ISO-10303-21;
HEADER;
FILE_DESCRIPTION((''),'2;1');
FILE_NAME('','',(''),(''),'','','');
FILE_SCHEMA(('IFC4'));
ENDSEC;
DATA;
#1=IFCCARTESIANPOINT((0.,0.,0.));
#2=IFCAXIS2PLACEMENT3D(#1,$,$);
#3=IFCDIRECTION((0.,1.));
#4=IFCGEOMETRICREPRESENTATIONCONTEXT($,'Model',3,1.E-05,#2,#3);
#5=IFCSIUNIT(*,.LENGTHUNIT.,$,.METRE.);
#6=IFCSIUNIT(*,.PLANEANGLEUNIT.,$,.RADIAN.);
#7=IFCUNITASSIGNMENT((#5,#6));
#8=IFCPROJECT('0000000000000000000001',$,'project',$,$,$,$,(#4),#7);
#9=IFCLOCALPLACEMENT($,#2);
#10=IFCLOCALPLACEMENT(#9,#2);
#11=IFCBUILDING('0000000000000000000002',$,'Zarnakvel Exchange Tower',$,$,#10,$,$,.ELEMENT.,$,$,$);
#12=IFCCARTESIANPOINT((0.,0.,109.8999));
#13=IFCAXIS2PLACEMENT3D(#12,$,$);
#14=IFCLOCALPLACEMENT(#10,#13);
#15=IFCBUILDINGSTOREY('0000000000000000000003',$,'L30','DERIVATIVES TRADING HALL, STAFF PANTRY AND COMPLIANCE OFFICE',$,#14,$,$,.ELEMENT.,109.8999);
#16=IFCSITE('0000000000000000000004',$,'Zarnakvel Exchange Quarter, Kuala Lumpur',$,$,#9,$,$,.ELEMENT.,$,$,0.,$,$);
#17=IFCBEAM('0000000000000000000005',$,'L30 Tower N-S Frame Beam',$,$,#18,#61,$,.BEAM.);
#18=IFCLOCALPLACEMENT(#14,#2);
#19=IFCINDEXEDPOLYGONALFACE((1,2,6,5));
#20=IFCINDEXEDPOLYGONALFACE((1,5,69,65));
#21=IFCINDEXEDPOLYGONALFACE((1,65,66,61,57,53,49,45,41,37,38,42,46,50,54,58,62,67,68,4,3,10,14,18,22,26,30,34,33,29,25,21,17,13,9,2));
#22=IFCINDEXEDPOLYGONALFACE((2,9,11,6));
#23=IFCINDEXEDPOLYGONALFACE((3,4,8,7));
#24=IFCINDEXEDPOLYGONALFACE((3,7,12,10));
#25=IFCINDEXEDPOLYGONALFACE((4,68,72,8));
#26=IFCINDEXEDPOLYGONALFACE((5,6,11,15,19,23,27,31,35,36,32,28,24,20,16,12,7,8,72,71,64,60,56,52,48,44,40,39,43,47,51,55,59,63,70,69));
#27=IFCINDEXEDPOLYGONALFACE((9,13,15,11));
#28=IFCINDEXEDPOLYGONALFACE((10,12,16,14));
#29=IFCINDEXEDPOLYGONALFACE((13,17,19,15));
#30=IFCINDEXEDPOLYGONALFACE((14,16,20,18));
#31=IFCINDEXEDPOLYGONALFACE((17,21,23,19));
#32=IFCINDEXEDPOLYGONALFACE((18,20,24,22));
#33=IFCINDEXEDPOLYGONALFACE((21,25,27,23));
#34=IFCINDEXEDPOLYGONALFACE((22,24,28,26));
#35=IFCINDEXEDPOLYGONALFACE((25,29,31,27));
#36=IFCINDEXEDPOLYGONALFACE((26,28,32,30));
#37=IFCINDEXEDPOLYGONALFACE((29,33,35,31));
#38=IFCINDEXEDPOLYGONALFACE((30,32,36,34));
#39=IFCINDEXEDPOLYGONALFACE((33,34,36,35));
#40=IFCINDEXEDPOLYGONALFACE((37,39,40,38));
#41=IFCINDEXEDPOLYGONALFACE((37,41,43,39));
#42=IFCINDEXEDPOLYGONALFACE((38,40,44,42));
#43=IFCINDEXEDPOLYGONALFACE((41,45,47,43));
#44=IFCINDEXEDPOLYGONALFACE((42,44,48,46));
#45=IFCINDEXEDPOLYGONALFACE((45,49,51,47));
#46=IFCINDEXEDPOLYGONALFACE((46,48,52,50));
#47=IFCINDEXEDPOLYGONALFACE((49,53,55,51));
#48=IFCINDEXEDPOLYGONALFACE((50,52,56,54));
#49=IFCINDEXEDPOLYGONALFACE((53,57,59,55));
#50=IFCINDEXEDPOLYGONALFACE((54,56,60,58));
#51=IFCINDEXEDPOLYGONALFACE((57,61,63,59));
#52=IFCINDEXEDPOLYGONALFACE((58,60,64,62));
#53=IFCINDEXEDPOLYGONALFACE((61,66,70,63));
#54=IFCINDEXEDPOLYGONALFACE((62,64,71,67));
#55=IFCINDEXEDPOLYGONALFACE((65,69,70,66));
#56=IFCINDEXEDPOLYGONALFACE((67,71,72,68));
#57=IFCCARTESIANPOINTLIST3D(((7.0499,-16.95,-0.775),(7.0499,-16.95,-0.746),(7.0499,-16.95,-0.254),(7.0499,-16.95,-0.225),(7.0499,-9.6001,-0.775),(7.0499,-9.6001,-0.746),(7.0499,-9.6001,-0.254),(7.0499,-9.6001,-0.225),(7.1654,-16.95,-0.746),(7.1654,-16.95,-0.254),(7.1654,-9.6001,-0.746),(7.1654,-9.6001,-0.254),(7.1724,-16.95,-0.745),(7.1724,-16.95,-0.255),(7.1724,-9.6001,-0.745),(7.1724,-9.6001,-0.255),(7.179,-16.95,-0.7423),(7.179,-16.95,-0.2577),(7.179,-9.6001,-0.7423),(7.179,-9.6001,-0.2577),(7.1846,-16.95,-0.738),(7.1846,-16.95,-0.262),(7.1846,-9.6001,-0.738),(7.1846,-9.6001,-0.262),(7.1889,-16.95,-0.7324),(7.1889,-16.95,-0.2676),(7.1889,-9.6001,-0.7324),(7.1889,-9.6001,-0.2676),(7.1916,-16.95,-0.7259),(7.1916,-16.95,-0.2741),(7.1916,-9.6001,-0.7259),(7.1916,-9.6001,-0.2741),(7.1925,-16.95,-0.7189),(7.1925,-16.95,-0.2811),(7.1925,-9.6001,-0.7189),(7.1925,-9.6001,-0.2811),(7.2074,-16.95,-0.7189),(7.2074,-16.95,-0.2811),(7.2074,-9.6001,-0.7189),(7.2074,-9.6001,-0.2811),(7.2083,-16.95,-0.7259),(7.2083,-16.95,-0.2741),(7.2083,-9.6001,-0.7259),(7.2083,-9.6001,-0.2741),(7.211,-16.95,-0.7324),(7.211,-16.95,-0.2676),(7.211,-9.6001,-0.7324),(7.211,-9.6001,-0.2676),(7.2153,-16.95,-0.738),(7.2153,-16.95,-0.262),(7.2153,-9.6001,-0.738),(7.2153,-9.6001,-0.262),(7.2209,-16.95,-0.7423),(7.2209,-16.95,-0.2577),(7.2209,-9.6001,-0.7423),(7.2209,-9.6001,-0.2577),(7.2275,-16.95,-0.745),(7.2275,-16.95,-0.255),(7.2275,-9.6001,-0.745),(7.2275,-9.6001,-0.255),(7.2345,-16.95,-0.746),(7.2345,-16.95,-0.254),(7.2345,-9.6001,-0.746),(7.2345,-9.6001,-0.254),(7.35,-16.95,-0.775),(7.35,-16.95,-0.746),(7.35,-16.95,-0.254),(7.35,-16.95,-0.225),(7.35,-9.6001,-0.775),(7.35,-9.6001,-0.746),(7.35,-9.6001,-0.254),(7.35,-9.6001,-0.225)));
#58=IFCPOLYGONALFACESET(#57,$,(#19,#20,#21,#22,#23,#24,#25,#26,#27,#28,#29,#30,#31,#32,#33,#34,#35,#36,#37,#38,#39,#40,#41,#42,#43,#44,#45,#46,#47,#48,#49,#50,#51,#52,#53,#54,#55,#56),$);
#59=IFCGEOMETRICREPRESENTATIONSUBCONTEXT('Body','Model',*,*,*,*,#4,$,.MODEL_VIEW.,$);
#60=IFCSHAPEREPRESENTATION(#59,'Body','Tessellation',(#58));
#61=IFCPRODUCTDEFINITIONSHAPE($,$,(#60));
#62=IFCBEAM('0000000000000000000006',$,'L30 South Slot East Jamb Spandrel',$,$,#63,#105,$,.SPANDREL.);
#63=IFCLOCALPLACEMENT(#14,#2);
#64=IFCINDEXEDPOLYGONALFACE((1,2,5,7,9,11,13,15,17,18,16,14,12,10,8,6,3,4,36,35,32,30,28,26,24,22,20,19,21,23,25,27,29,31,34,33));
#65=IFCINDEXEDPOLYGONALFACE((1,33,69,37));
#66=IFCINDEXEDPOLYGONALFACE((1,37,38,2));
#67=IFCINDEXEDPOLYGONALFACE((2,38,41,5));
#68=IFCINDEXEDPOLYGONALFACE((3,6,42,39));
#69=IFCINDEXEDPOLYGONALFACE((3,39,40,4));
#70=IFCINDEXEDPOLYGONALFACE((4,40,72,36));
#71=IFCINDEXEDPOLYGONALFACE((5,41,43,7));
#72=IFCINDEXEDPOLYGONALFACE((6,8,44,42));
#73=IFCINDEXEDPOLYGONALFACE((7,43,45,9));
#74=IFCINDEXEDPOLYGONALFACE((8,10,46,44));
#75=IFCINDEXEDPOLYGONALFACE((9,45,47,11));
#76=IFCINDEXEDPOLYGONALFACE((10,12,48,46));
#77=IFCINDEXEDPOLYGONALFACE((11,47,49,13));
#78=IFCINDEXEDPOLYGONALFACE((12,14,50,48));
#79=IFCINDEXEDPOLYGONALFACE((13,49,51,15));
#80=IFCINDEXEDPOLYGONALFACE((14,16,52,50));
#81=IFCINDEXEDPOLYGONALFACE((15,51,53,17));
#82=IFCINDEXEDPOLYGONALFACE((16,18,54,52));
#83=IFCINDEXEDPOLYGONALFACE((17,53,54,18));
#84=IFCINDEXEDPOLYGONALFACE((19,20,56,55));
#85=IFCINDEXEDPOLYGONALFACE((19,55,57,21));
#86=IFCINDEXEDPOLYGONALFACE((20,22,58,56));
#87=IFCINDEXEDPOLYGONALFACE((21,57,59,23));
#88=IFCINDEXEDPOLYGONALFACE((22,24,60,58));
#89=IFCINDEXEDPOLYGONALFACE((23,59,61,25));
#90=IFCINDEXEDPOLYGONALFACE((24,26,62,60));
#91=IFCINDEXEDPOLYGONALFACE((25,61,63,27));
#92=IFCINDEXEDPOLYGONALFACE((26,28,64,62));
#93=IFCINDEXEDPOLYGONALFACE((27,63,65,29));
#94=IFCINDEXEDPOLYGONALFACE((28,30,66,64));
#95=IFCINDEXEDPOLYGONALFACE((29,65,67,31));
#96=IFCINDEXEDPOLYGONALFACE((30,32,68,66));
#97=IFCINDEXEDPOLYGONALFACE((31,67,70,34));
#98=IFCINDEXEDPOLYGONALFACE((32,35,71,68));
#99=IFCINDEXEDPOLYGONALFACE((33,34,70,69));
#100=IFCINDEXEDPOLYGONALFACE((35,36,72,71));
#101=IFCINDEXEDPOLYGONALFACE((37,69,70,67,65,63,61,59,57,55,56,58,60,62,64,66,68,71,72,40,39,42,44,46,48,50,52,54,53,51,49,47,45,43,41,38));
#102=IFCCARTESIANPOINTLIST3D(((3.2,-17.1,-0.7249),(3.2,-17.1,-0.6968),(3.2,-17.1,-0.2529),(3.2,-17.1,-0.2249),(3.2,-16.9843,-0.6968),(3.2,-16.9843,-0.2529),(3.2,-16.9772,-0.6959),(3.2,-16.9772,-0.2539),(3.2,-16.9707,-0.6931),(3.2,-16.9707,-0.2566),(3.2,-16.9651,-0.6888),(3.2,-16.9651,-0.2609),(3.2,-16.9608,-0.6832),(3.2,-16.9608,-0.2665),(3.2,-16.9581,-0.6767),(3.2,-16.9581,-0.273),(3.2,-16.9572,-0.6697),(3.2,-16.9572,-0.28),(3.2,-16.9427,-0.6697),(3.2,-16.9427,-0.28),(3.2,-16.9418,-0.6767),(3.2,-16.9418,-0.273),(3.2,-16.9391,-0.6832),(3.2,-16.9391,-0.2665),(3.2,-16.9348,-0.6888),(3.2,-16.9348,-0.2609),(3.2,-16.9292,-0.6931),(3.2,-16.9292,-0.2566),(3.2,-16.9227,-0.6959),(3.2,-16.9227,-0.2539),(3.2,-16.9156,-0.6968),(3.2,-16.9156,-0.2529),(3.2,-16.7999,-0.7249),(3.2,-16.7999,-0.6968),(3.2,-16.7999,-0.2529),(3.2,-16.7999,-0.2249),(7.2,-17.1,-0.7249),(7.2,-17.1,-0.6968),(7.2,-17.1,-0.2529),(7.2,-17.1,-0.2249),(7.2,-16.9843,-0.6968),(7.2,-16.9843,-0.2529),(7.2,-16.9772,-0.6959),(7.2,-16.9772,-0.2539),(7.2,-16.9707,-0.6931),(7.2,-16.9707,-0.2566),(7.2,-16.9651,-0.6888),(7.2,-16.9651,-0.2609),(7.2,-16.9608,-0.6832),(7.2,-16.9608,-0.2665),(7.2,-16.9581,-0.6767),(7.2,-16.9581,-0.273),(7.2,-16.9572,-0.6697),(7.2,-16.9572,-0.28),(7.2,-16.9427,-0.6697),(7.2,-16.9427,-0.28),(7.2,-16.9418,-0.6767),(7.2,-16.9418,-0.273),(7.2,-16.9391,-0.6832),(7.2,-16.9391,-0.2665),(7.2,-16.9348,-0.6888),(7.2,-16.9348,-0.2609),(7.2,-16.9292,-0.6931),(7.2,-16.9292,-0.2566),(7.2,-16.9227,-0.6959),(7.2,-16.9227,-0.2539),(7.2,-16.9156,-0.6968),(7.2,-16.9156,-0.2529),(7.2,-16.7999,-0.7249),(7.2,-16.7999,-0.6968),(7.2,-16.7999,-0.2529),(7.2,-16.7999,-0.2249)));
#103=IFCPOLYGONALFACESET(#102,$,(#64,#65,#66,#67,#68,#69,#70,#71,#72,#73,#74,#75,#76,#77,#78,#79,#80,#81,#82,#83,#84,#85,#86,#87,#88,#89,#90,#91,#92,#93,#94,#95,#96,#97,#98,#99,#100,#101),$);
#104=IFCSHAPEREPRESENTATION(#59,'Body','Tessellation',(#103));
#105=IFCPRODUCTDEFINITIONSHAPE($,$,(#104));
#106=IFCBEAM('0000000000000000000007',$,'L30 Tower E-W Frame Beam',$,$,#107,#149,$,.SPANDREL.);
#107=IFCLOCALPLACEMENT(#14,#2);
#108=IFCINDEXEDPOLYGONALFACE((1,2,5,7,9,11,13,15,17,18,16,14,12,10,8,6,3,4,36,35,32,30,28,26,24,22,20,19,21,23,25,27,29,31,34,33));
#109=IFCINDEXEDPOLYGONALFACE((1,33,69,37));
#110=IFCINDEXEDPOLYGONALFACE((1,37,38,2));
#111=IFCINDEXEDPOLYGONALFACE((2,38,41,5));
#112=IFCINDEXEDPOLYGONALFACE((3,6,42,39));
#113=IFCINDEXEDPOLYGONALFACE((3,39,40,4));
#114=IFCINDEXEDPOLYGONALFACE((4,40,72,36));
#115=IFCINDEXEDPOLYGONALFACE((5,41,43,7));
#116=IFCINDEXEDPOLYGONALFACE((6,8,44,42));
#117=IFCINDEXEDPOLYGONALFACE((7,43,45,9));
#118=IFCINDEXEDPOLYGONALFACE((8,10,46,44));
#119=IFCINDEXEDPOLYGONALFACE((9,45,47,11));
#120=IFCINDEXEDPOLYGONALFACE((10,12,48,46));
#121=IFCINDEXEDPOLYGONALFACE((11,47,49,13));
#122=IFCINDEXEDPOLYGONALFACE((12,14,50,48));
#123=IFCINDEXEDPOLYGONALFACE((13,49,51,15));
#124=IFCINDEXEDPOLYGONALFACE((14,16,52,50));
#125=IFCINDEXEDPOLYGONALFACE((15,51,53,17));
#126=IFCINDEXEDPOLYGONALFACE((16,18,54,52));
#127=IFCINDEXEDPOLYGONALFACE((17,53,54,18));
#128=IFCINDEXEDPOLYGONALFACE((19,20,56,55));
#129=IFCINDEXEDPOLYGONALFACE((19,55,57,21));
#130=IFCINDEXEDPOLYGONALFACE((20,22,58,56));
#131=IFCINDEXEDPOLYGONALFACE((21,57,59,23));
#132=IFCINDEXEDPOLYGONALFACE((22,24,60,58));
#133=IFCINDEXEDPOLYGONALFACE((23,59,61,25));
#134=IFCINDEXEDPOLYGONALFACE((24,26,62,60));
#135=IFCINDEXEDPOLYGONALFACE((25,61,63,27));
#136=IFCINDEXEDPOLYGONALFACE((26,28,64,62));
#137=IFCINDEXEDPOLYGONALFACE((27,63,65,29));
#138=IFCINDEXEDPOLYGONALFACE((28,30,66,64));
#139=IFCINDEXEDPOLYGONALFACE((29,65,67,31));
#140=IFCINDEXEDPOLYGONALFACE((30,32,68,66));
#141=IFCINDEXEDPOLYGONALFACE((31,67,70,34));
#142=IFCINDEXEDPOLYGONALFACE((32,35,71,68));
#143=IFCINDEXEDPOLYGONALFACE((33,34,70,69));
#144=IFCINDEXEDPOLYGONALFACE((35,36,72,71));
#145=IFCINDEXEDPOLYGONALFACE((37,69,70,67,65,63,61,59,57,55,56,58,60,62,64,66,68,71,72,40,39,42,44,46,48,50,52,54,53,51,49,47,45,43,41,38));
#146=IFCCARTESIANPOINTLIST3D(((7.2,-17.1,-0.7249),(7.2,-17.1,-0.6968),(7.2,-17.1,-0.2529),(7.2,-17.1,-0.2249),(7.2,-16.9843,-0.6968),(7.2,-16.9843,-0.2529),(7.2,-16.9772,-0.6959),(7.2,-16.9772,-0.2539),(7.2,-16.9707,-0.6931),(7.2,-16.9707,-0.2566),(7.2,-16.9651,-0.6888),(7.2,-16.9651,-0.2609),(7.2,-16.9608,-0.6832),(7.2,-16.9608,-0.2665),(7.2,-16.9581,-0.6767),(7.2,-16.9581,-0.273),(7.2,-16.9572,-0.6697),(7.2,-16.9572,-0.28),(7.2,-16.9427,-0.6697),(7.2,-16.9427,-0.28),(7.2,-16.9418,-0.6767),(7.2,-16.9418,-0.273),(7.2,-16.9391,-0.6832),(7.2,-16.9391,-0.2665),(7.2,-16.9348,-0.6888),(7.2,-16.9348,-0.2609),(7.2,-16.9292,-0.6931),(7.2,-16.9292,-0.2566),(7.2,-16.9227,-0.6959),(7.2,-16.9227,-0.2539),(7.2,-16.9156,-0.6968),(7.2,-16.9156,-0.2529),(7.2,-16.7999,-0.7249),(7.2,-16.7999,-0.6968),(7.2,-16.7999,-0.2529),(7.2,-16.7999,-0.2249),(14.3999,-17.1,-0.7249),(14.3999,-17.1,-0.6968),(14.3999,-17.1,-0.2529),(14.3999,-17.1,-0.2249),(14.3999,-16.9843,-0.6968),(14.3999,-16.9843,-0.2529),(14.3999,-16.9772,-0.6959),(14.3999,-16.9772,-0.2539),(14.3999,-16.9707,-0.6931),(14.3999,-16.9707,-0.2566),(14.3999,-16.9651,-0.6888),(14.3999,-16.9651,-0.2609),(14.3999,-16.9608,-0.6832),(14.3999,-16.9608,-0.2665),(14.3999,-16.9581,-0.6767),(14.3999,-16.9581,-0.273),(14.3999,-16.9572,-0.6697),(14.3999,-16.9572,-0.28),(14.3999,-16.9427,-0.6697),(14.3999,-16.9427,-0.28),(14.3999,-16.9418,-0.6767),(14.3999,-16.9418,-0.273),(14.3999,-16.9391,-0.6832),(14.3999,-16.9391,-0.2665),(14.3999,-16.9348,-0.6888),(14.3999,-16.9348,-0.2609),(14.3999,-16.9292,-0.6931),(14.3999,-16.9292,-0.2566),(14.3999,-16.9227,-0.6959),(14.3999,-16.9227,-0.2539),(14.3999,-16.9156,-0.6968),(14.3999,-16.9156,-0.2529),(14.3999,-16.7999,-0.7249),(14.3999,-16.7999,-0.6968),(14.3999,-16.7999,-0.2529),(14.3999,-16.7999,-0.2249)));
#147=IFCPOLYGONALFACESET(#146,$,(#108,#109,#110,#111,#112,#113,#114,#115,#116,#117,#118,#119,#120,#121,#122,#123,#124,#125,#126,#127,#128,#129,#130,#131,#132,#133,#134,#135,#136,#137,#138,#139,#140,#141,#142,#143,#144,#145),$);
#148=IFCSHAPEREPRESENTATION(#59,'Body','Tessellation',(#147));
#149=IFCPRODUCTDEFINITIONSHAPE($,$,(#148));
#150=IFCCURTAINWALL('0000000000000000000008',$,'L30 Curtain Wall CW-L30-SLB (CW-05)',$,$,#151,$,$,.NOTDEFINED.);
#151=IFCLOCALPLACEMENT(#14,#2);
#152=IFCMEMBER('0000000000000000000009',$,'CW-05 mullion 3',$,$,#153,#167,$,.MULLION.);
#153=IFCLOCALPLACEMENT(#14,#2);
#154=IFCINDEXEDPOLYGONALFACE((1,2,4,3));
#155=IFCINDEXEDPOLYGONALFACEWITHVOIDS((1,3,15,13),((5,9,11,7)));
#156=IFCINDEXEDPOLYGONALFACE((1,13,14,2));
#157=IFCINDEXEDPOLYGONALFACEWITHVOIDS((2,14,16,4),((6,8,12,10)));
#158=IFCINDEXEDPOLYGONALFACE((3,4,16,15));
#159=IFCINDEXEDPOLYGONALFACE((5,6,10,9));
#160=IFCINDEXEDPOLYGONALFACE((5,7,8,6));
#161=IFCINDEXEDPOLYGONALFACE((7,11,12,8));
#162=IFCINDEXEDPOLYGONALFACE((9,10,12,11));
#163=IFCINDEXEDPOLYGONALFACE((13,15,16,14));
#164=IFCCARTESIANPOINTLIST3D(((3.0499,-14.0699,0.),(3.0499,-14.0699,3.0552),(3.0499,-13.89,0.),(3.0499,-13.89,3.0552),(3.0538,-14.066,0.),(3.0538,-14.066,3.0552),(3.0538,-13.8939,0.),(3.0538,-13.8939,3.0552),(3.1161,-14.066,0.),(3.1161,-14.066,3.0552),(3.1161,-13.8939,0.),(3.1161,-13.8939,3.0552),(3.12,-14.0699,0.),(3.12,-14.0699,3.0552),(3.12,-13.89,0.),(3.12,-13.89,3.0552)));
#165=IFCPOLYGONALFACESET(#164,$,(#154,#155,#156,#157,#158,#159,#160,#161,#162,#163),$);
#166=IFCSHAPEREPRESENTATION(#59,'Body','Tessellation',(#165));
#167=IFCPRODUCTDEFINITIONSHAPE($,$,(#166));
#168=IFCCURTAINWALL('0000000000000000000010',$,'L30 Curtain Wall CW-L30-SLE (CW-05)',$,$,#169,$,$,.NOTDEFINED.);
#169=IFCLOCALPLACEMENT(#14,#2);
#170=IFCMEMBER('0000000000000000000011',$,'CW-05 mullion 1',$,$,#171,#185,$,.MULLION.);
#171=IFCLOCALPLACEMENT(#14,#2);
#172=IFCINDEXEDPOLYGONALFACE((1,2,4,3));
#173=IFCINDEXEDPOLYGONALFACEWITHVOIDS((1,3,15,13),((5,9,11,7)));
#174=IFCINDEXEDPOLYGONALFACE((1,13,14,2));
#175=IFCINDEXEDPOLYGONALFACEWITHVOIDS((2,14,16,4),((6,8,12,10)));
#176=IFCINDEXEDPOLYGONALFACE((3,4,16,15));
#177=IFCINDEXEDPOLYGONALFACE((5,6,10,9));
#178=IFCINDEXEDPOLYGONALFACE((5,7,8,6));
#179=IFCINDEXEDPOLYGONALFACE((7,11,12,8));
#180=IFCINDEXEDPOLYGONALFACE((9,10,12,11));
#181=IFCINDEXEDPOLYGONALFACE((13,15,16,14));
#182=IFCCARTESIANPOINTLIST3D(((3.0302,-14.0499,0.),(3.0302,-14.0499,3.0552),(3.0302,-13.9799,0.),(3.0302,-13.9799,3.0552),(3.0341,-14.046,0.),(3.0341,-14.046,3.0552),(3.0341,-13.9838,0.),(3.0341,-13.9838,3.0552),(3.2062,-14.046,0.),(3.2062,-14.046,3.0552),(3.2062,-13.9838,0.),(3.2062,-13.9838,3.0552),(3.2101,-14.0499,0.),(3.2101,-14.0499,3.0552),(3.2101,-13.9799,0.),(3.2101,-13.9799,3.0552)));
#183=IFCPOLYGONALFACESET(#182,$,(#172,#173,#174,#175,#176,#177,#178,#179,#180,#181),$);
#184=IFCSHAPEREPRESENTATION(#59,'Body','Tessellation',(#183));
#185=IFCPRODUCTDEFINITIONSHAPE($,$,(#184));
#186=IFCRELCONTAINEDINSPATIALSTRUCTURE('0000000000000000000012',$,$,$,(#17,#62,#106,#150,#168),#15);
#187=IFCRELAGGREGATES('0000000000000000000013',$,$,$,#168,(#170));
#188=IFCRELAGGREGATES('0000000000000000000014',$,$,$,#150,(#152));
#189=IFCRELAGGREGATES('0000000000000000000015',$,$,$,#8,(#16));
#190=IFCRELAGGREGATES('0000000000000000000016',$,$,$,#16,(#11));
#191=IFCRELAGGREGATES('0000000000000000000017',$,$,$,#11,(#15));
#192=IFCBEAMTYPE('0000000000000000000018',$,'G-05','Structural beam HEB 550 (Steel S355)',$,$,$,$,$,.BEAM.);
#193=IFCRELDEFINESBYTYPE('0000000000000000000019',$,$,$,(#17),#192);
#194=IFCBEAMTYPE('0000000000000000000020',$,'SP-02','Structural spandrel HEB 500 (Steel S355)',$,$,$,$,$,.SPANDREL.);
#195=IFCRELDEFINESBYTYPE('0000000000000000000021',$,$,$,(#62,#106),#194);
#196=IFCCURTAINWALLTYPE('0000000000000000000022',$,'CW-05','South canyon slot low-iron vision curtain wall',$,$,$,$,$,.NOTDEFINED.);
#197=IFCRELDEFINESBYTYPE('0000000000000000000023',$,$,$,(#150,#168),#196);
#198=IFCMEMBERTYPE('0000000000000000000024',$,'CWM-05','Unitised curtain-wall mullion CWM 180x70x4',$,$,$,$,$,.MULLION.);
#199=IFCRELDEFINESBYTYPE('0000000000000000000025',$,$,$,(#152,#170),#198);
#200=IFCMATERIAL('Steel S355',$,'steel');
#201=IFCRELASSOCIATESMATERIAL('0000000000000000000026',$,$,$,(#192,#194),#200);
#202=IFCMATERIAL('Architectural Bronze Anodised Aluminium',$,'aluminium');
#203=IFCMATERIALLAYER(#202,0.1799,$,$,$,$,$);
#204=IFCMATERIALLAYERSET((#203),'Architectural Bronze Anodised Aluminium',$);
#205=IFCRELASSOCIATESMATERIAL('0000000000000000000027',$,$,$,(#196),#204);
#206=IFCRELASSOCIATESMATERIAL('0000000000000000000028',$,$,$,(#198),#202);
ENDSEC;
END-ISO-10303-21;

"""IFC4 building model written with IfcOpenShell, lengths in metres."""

from ifc_helpers import new_model, si_unit, direction, frame, origin, origin_2d, place, context, subcontext, project, spatial, hollow_rectangle, i_section, extrude, source, transform, mapped, material, layer, layer_set, material_profile, profile_set, type_object, element, aggregate, save


model = new_model("IFC4")

# Units and contexts
model_context = context("Model", 3, precision=1e-05, world=origin(), true_north=direction((0.0, 1.0)))
body_context = subcontext(model_context, "Body", "Model", "MODEL_VIEW")
ifc_project = project(units=[si_unit("LENGTHUNIT", "METRE"), si_unit("PLANEANGLEUNIT", "RADIAN")], contexts=[model_context])

# Site, building, storey
site_placement = place(None, origin())
site = spatial("IfcSite", under=ifc_project, at=site_placement, Name="Zarnakvel Exchange Quarter, Kuala Lumpur", CompositionType="ELEMENT", RefElevation=0.0)
building_placement = place(site_placement, origin())
building = spatial("IfcBuilding", under=site, at=building_placement, Name="Zarnakvel Exchange Tower", CompositionType="ELEMENT")
storey_placement = place(building_placement, frame((0.0, 0.0, 109.8999)))
storey = spatial("IfcBuildingStorey", under=building, at=storey_placement, Name="L30", Description="DERIVATIVES TRADING HALL, STAFF PANTRY AND COMPLIANCE OFFICE", CompositionType="ELEMENT", Elevation=109.8999)

# Beams
ifc_material_1 = material(Name="Steel S355", Category="steel")
ifc_material_profile_1 = material_profile(ifc_material_1, i_section(OverallWidth=0.3, OverallDepth=0.55, WebThickness=0.0149, FlangeThickness=0.0291, FilletRadius=0.0271, at=origin_2d()))
ifc_profile_set_1 = profile_set([ifc_material_profile_1], Name="Steel S355")
beam_type_1 = type_object("IfcBeamType", Name="G-05", Description="Structural beam HEB 550 (Steel S355)", PredefinedType="BEAM", material=ifc_profile_set_1)
beam_1_placement = place(storey_placement, frame((7.2, -16.95, -0.5), z_axis=(0.0, 1.0, 0.0), x_axis=(-1.0, 0.0, 0.0)))
element("IfcBeam", 1, at=beam_1_placement, inside=storey, type_object=beam_type_1, Name="L30 Tower N-S Frame Beam", PredefinedType="BEAM", context=body_context, shape_type="SweptSolid", body=[
    extrude(i_section(OverallWidth=0.3, OverallDepth=0.55, WebThickness=0.0149, FlangeThickness=0.0291, FilletRadius=0.0271, at=origin_2d()), origin(), (0.0, 0.0, 1.0), 7.3499),
])
ifc_material_profile_2 = material_profile(ifc_material_1, i_section(OverallWidth=0.3, OverallDepth=0.5, WebThickness=0.0144, FlangeThickness=0.0281, FilletRadius=0.0271, at=origin_2d()))
ifc_profile_set_2 = profile_set([ifc_material_profile_2], Name="Steel S355")
beam_type_2 = type_object("IfcBeamType", Name="SP-02", Description="Structural spandrel HEB 500 (Steel S355)", PredefinedType="SPANDREL", material=ifc_profile_set_2)
beam_2_placement = place(storey_placement, frame((3.2, -16.95, -0.4749), z_axis=(1.0, 0.0, 0.0), x_axis=(0.0, 1.0, 0.0)))
element("IfcBeam", 2, at=beam_2_placement, inside=storey, type_object=beam_type_2, Name="L30 South Slot East Jamb Spandrel", PredefinedType="SPANDREL", context=body_context, shape_type="SweptSolid", body=[
    extrude(i_section(OverallWidth=0.3, OverallDepth=0.5, WebThickness=0.0144, FlangeThickness=0.0281, FilletRadius=0.0271, at=origin_2d()), origin(), (0.0, 0.0, 1.0), 4.0),
])
beam_3_placement = place(storey_placement, frame((7.2, -16.95, -0.4749), z_axis=(1.0, 0.0, 0.0), x_axis=(0.0, 1.0, 0.0)))
element("IfcBeam", 3, at=beam_3_placement, inside=storey, type_object=beam_type_2, Name="L30 Tower E-W Frame Beam", PredefinedType="SPANDREL", context=body_context, shape_type="SweptSolid", body=[
    extrude(i_section(OverallWidth=0.3, OverallDepth=0.5, WebThickness=0.0144, FlangeThickness=0.0281, FilletRadius=0.0271, at=origin_2d()), origin(), (0.0, 0.0, 1.0), 7.2),
])

# Curtain wall, member
ifc_material_2 = material(Name="Architectural Bronze Anodised Aluminium", Category="aluminium")
ifc_layer_1 = layer(ifc_material_2, 0.1799)
ifc_layer_set_1 = layer_set([ifc_layer_1], Name="Architectural Bronze Anodised Aluminium")
curtain_wall_type = type_object("IfcCurtainWallType", Name="CW-05", Description="South canyon slot low-iron vision curtain wall", PredefinedType="NOTDEFINED", material=ifc_layer_set_1)
curtain_wall_1_placement = place(storey_placement, origin())
curtain_wall_1 = element("IfcCurtainWall", 4, at=curtain_wall_1_placement, inside=storey, type_object=curtain_wall_type, Name="L30 Curtain Wall CW-L30-SLB (CW-05)", PredefinedType="NOTDEFINED")
ifc_material_profile_3 = material_profile(ifc_material_2, hollow_rectangle(XDim=0.1799, YDim=0.0701, WallThickness=0.0039, at=origin_2d()))
ifc_profile_set_3 = profile_set([ifc_material_profile_3], Name="Architectural Bronze Anodised Aluminium")
member_type_1 = type_object("IfcMemberType", Name="CWM-05", Description="Unitised curtain-wall mullion CWM 180x70x4", PredefinedType="MULLION", material=ifc_profile_set_3)
shared_shape_1 = source(origin(), body_context, "Body", "SweptSolid", [
    extrude(hollow_rectangle(XDim=0.1799, YDim=0.0701, WallThickness=0.0039, at=origin_2d()), origin(), (0.0, 0.0, 1.0), 3.0552),
])
member_1_placement = place(storey_placement, frame((3.085, -13.98, 0.0), z_axis=(0.0, 0.0, 1.0), x_axis=(0.0, 1.0, 0.0)))
member_1 = element("IfcMember", 5, at=member_1_placement, type_object=member_type_1, Name="CW-05 mullion 3", PredefinedType="MULLION", context=body_context, shape_type="MappedRepresentation", body=[
    mapped(shared_shape_1, transform((0.0, 0.0, 0.0), x_axis=(1.0, 0.0, 0.0), y_axis=(0.0, 1.0, 0.0), z_axis=(0.0, 0.0, 1.0), scale=1.0)),
])

# Curtain wall, member
curtain_wall_2_placement = place(storey_placement, origin())
curtain_wall_2 = element("IfcCurtainWall", 6, at=curtain_wall_2_placement, inside=storey, type_object=curtain_wall_type, Name="L30 Curtain Wall CW-L30-SLE (CW-05)", PredefinedType="NOTDEFINED")
member_2_placement = place(storey_placement, frame((3.1201, -14.0149, 0.0), z_axis=(0.0, 0.0, 1.0), x_axis=(1.0, 0.0, 0.0)))
member_2 = element("IfcMember", 7, at=member_2_placement, type_object=member_type_1, Name="CW-05 mullion 1", PredefinedType="MULLION", context=body_context, shape_type="MappedRepresentation", body=[
    mapped(shared_shape_1, transform((0.0, 0.0, 0.0), x_axis=(1.0, 0.0, 0.0), y_axis=(0.0, 1.0, 0.0), z_axis=(0.0, 0.0, 1.0), scale=1.0)),
])

aggregate(curtain_wall_2, [member_2])
aggregate(curtain_wall_1, [member_1])

save(model, "model.ifc")
